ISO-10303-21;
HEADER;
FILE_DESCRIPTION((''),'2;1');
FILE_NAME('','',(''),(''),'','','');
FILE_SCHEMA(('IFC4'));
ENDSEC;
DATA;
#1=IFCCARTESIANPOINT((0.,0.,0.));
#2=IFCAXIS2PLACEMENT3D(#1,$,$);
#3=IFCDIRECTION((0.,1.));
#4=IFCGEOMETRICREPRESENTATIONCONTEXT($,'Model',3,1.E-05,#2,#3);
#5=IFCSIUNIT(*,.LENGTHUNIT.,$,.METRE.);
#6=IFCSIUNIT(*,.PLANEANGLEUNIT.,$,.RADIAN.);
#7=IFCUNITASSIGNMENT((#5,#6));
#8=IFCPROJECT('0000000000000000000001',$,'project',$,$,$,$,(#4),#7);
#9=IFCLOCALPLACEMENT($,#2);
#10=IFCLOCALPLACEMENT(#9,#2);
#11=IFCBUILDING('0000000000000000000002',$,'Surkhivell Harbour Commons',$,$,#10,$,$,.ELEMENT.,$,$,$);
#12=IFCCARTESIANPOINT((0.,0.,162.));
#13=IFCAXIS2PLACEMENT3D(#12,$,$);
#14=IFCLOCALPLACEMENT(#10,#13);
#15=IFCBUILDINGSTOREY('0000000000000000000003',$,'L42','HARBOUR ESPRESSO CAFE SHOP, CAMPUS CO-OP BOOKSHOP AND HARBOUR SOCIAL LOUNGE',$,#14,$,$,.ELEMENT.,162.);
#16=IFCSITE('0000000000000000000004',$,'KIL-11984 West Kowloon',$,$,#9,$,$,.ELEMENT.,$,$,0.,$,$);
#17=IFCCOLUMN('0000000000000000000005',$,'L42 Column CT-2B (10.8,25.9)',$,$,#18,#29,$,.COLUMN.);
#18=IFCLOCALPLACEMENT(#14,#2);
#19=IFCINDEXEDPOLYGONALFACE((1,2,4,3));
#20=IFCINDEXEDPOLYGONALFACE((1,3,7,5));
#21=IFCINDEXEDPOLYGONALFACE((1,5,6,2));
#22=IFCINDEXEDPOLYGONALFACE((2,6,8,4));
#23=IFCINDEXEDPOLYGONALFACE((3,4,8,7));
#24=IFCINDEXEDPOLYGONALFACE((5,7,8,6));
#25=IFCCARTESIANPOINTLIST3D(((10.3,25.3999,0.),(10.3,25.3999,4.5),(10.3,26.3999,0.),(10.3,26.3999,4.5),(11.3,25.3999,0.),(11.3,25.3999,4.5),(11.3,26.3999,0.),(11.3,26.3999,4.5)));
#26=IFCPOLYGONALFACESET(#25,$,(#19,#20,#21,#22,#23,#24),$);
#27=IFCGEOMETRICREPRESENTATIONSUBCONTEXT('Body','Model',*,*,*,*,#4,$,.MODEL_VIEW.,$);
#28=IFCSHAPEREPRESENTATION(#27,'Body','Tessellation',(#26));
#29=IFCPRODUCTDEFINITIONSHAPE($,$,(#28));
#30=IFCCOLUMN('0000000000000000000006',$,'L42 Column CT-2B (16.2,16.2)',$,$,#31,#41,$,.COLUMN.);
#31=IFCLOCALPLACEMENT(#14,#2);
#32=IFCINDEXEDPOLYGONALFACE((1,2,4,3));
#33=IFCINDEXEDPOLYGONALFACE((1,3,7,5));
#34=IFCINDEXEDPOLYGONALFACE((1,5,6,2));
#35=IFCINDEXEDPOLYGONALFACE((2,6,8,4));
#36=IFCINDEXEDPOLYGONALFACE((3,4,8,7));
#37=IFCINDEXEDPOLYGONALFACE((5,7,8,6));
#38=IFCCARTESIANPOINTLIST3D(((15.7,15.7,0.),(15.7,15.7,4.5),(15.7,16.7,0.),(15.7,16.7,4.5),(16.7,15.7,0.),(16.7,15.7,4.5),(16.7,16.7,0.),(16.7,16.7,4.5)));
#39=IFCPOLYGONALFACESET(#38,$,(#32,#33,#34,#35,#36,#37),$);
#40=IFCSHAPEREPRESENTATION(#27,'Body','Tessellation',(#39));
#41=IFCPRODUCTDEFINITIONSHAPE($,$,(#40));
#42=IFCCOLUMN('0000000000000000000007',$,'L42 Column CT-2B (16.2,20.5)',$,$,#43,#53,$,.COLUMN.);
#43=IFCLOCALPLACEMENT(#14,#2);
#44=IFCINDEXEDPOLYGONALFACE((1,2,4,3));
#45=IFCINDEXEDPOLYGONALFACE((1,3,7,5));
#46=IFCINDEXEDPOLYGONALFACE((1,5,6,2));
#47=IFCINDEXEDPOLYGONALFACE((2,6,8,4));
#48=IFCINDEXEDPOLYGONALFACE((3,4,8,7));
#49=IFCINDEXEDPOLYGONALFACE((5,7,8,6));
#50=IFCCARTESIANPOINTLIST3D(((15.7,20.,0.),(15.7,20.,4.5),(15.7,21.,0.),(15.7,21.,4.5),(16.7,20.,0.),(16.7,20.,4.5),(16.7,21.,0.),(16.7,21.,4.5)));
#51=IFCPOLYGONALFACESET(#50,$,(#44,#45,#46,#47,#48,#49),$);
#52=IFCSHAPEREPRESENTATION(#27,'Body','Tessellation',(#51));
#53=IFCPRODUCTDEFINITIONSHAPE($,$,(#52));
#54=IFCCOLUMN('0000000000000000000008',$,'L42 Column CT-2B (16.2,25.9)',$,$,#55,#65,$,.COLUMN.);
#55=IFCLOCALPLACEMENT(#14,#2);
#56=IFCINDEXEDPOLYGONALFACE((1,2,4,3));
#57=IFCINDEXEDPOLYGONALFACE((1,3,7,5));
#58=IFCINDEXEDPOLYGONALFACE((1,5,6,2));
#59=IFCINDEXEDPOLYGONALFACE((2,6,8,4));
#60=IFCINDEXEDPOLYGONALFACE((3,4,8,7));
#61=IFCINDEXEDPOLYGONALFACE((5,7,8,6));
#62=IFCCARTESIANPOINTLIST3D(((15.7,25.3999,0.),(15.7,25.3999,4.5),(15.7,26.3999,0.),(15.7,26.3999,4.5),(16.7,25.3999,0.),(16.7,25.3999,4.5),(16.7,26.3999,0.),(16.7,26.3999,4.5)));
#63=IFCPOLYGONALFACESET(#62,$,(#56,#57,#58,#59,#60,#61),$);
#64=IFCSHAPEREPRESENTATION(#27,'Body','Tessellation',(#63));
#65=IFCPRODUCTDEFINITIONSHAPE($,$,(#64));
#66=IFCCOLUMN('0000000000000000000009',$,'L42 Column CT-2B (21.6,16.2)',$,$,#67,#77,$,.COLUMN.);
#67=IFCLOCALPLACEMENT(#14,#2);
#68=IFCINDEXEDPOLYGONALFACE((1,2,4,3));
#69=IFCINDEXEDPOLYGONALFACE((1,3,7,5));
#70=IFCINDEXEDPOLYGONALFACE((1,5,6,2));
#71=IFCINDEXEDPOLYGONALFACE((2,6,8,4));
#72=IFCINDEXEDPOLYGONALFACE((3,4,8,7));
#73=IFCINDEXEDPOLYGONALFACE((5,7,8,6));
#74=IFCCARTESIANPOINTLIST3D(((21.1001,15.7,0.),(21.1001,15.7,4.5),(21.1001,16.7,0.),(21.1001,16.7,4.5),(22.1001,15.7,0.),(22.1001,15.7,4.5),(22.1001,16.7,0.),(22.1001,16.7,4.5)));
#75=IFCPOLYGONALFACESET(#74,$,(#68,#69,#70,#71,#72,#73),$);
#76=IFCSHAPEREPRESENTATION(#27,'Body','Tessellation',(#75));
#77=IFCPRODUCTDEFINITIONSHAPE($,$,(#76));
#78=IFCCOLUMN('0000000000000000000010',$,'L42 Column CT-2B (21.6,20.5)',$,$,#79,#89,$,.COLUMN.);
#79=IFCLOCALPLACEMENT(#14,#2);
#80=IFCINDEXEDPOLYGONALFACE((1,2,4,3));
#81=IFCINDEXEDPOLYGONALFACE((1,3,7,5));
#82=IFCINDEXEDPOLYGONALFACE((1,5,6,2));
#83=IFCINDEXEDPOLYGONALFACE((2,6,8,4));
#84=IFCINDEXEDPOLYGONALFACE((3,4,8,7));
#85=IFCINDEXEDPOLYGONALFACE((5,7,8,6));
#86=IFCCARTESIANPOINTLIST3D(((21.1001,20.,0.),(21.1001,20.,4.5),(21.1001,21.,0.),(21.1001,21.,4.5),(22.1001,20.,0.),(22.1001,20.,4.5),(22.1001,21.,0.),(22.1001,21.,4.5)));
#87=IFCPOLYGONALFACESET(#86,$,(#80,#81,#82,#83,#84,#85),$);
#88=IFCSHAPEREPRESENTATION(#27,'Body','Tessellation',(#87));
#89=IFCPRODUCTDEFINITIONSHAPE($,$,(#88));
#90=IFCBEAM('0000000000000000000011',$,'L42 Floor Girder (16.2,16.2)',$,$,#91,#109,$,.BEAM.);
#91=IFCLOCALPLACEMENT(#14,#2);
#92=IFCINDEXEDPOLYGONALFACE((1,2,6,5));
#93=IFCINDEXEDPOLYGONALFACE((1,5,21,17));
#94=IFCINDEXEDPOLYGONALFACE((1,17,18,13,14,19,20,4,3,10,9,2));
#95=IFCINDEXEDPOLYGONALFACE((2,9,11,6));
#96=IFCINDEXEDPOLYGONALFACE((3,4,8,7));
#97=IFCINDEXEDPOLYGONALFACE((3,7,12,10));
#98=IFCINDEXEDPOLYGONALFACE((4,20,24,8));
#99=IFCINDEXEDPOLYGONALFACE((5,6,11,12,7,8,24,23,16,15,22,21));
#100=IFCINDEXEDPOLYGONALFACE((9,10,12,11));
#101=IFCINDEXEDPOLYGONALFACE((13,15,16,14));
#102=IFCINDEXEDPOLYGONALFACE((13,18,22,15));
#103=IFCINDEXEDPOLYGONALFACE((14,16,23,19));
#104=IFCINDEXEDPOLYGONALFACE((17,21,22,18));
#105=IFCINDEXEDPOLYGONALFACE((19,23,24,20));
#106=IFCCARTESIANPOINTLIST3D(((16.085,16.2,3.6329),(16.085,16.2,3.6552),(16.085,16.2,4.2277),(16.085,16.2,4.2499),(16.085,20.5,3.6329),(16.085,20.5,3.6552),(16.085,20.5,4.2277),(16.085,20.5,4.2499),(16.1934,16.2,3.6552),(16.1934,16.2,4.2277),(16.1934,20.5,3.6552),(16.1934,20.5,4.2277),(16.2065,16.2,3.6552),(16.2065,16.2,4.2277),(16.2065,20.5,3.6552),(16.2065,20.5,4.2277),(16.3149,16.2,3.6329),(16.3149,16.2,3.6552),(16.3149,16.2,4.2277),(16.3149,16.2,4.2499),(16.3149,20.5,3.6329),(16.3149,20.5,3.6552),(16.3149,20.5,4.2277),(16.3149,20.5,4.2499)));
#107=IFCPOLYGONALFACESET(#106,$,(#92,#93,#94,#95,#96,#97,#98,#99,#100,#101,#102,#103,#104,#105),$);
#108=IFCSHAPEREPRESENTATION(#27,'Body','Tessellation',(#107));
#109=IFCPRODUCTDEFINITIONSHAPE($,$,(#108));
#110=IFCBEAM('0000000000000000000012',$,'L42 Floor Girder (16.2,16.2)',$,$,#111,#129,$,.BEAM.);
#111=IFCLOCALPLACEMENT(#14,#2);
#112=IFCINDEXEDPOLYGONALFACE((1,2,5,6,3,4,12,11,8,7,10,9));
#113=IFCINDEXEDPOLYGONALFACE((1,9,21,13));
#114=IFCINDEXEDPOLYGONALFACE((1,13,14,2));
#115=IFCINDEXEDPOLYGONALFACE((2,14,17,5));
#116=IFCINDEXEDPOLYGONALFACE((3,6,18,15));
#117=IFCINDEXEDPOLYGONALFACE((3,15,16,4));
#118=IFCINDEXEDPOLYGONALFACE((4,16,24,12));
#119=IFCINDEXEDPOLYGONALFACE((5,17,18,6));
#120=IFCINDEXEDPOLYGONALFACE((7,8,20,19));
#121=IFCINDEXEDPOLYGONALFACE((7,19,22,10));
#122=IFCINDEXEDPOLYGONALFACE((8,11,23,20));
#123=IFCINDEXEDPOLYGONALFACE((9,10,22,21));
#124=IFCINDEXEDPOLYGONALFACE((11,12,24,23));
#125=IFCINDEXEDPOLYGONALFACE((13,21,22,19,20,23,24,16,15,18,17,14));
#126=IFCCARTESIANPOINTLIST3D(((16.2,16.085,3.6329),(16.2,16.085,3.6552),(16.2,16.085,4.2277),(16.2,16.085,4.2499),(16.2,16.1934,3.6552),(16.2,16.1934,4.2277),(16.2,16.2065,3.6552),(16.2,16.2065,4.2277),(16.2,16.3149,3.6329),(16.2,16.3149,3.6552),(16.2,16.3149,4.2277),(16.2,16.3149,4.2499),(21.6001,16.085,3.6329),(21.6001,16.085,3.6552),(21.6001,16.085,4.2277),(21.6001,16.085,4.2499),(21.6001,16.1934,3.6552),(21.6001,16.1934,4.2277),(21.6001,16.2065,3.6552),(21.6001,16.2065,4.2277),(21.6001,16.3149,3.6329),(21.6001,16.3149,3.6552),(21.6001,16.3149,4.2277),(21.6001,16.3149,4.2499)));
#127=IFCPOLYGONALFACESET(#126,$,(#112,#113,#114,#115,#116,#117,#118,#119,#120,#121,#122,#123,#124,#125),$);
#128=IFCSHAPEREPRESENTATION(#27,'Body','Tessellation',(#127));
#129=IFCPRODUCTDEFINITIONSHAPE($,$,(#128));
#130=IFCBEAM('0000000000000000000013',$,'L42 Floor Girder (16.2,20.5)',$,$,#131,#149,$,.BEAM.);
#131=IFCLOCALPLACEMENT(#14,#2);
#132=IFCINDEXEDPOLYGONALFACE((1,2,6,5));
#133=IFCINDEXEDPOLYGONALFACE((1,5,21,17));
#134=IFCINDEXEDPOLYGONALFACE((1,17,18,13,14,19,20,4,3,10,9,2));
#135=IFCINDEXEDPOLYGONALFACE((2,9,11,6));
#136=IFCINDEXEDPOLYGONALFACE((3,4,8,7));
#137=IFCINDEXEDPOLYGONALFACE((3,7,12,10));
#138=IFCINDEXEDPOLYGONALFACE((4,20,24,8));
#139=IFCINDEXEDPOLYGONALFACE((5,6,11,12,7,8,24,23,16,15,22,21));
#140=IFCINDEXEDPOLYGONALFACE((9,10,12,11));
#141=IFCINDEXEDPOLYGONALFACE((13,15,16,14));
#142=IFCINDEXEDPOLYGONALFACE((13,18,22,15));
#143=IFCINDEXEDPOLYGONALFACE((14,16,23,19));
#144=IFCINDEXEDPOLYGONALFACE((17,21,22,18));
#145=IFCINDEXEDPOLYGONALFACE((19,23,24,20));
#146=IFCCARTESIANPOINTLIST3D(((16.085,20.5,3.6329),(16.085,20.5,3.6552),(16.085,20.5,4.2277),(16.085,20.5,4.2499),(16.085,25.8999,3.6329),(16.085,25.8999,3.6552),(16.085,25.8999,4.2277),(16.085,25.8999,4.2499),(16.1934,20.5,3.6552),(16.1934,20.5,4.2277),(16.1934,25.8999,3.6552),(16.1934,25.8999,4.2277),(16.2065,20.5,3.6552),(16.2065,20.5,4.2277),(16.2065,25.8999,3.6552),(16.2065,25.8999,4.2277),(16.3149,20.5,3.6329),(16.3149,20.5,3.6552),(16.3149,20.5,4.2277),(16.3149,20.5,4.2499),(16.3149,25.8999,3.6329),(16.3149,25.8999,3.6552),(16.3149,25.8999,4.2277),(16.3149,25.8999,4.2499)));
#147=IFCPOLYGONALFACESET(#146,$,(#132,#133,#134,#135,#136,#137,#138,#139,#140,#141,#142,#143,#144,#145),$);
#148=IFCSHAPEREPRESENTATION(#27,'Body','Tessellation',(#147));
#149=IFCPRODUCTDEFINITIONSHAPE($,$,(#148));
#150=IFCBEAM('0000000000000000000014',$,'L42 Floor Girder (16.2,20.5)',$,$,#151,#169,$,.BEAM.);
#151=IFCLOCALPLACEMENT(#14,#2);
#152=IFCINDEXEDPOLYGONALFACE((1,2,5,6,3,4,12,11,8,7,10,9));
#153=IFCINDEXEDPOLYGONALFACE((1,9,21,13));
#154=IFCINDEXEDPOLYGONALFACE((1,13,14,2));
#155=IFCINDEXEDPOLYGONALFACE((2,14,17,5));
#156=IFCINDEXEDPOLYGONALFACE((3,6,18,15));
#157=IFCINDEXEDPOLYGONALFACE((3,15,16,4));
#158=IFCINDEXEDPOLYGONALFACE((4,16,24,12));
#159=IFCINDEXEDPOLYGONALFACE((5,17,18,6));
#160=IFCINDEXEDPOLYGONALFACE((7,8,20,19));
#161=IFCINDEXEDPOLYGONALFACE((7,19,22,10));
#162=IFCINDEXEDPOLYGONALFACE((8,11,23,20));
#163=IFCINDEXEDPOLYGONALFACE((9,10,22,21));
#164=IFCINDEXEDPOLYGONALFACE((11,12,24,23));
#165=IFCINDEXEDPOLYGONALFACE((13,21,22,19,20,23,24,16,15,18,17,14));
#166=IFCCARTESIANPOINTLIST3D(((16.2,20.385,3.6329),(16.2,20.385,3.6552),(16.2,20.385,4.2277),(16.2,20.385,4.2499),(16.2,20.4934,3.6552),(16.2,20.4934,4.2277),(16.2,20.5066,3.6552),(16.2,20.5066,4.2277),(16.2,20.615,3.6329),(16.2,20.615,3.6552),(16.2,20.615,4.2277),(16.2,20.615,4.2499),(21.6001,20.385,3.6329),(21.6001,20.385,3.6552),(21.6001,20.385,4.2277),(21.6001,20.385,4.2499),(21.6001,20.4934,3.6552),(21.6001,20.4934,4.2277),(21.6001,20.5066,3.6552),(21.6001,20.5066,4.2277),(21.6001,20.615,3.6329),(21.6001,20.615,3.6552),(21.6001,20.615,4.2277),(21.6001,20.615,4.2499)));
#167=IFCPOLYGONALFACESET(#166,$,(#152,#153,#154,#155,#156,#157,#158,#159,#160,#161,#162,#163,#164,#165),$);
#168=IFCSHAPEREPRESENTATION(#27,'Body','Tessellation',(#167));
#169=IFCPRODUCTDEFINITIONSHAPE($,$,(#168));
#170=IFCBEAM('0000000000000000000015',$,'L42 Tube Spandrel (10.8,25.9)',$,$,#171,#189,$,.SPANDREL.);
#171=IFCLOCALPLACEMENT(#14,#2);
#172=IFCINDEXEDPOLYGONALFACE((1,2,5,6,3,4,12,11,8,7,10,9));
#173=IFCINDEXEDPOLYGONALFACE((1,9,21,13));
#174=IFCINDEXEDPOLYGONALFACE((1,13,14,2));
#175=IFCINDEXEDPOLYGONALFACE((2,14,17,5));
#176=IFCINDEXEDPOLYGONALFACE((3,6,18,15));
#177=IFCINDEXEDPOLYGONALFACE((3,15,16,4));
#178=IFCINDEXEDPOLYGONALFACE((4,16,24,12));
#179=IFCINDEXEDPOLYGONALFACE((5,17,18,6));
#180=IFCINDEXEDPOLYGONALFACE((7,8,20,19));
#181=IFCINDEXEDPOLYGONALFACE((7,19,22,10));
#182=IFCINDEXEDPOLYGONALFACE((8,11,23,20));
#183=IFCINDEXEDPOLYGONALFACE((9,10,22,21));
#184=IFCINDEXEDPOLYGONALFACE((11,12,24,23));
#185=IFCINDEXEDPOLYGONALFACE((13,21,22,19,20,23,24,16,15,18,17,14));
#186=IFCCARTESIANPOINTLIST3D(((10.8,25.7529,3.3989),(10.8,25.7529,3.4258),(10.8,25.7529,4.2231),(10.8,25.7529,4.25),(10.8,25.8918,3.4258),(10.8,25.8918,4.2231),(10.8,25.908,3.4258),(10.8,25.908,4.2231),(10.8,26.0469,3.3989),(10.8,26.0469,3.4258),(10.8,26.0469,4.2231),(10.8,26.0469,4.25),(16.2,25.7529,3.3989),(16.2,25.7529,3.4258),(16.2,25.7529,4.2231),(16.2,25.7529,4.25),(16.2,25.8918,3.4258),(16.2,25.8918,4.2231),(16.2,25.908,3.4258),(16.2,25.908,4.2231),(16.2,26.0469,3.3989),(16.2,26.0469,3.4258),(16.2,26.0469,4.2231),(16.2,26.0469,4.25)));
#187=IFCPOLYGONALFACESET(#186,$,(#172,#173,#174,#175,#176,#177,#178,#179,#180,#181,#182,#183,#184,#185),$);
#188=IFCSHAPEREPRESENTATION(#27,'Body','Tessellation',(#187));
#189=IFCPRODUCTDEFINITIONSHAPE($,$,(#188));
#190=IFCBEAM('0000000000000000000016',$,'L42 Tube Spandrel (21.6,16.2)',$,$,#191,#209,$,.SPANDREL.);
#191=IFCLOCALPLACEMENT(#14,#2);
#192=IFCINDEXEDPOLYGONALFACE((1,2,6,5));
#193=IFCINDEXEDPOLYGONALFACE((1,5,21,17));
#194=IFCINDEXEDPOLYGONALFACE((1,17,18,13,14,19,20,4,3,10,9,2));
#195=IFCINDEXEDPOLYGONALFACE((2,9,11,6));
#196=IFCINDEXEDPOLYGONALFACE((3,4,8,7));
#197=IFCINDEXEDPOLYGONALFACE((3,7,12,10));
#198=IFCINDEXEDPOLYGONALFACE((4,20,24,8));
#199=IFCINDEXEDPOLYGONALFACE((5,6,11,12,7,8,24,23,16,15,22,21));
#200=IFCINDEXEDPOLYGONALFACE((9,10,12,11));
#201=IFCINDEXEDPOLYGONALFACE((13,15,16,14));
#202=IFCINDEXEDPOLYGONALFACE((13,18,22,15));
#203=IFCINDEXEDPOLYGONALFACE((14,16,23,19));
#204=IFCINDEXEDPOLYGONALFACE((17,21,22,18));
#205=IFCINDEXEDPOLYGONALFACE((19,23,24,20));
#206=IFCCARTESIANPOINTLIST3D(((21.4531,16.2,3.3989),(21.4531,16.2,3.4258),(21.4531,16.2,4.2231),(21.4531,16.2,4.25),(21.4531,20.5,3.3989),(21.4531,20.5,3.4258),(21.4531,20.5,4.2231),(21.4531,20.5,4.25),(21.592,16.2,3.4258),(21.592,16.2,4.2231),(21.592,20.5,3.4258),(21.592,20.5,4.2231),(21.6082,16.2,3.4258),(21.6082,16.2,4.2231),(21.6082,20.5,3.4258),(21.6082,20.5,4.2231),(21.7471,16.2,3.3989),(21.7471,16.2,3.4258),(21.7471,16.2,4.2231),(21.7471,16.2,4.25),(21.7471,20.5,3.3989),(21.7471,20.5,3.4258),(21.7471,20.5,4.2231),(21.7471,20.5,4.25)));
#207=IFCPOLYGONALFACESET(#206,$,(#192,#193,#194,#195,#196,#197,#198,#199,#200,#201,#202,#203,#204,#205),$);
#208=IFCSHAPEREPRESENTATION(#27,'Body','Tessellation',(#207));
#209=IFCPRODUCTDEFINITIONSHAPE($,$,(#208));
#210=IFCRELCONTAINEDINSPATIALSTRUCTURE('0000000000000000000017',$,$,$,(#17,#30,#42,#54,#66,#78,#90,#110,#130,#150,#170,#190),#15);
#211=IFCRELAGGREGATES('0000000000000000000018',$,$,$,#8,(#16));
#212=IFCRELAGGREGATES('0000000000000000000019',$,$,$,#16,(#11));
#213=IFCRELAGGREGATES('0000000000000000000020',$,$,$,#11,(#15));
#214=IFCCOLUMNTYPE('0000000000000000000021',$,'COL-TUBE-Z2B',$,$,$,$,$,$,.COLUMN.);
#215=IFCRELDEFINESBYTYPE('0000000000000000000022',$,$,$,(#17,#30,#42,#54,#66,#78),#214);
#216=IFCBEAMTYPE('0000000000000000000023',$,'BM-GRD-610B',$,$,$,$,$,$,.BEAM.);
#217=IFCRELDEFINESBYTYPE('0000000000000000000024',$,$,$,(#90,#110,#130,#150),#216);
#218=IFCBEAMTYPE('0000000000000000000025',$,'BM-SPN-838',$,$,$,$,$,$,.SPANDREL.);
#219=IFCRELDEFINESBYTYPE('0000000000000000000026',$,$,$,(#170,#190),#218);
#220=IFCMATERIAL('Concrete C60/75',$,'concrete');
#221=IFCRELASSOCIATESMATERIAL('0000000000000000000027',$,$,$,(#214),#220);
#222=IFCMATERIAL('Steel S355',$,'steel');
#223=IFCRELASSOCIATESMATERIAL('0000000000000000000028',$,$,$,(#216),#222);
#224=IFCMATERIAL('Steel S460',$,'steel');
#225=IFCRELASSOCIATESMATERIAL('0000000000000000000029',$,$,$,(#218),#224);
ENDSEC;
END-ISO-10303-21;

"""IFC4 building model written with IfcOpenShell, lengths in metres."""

from ifc_helpers import new_model, si_unit, direction, frame, origin, origin_2d, place, context, subcontext, project, spatial, rectangle, i_section, extrude, material, material_profile, profile_set, type_object, element, save


model = new_model("IFC4")

# Units and contexts
model_context = context("Model", 3, precision=1e-05, world=origin(), true_north=direction((0.0, 1.0)))
body_context = subcontext(model_context, "Body", "Model", "MODEL_VIEW")
ifc_project = project(units=[si_unit("LENGTHUNIT", "METRE"), si_unit("PLANEANGLEUNIT", "RADIAN")], contexts=[model_context])

# Site, building, storey
site_placement = place(None, origin())
site = spatial("IfcSite", under=ifc_project, at=site_placement, Name="KIL-11984 West Kowloon", CompositionType="ELEMENT", RefElevation=0.0)
building_placement = place(site_placement, origin())
building = spatial("IfcBuilding", under=site, at=building_placement, Name="Surkhivell Harbour Commons", CompositionType="ELEMENT")
storey_placement = place(building_placement, frame((0.0, 0.0, 162.0)))
storey = spatial("IfcBuildingStorey", under=building, at=storey_placement, Name="L42", Description="HARBOUR ESPRESSO CAFE SHOP, CAMPUS CO-OP BOOKSHOP AND HARBOUR SOCIAL LOUNGE", CompositionType="ELEMENT", Elevation=162.0)

# Columns
ifc_material_1 = material(Name="Concrete C60/75", Category="concrete")
ifc_material_profile_1 = material_profile(ifc_material_1, rectangle(XDim=1.0, YDim=1.0, at=origin_2d()), Name="RC-COL-1000x1000")
ifc_profile_set_1 = profile_set([ifc_material_profile_1], Name="Concrete C60/75")
column_type = type_object("IfcColumnType", Name="COL-TUBE-Z2B", PredefinedType="COLUMN", material=ifc_profile_set_1)
for number, where, z_axis, x_axis, name in (
    (1, (10.8, 25.8999, 0.0), (0.0, 0.0, 1.0), (1.0, 0.0, 0.0), "L42 Column CT-2B (10.8,25.9)"),
    (2, (16.2, 16.2, 0.0), (0.0, 0.0, 1.0), (1.0, 0.0, 0.0), "L42 Column CT-2B (16.2,16.2)"),
    (3, (16.2, 20.5, 0.0), (0.0, 0.0, 1.0), (1.0, 0.0, 0.0), "L42 Column CT-2B (16.2,20.5)"),
    (4, (16.2, 25.8999, 0.0), (0.0, 0.0, 1.0), (1.0, 0.0, 0.0), "L42 Column CT-2B (16.2,25.9)"),
    (5, (21.6001, 16.2, 0.0), (0.0, 0.0, 1.0), (1.0, 0.0, 0.0), "L42 Column CT-2B (21.6,16.2)"),
    (6, (21.6001, 20.5, 0.0), (0.0, 0.0, 1.0), (1.0, 0.0, 0.0), "L42 Column CT-2B (21.6,20.5)"),
):
    element("IfcColumn", number, at=place(storey_placement, frame(where, z_axis=z_axis, x_axis=x_axis)), inside=storey, type_object=column_type, Name=name, PredefinedType="COLUMN", context=body_context, shape_type="SweptSolid", body=[
        extrude(rectangle(XDim=1.0, YDim=1.0, at=origin_2d()), origin(), (0.0, 0.0, 1.0), 4.5),
    ])

# Beams
ifc_material_2 = material(Name="Steel S355", Category="steel")
ifc_material_profile_2 = material_profile(ifc_material_2, i_section(OverallWidth=0.23, OverallDepth=0.6169, WebThickness=0.0132, FlangeThickness=0.0222, at=origin_2d()), Name="UB610x229x140")
ifc_profile_set_2 = profile_set([ifc_material_profile_2], Name="Steel S355")
beam_type_1 = type_object("IfcBeamType", Name="BM-GRD-610B", PredefinedType="BEAM", material=ifc_profile_set_2)
beam_1_placement = place(storey_placement, frame((16.2, 16.2, 3.9414), z_axis=(0.0, 1.0, 0.0), x_axis=(-1.0, 0.0, 0.0)))
element("IfcBeam", 7, at=beam_1_placement, inside=storey, type_object=beam_type_1, Name="L42 Floor Girder (16.2,16.2)", PredefinedType="BEAM", context=body_context, shape_type="SweptSolid", body=[
    extrude(i_section(OverallWidth=0.23, OverallDepth=0.6169, WebThickness=0.0132, FlangeThickness=0.0222, at=origin_2d()), origin(), (0.0, 0.0, 1.0), 4.3),
])
beam_2_placement = place(storey_placement, frame((16.2, 16.2, 3.9414), z_axis=(1.0, 0.0, 0.0), x_axis=(0.0, 1.0, 0.0)))
element("IfcBeam", 8, at=beam_2_placement, inside=storey, type_object=beam_type_1, Name="L42 Floor Girder (16.2,16.2)", PredefinedType="BEAM", context=body_context, shape_type="SweptSolid", body=[
    extrude(i_section(OverallWidth=0.23, OverallDepth=0.6169, WebThickness=0.0132, FlangeThickness=0.0222, at=origin_2d()), origin(), (0.0, 0.0, 1.0), 5.4001),
])
beam_3_placement = place(storey_placement, frame((16.2, 20.5, 3.9414), z_axis=(0.0, 1.0, 0.0), x_axis=(-1.0, 0.0, 0.0)))
element("IfcBeam", 9, at=beam_3_placement, inside=storey, type_object=beam_type_1, Name="L42 Floor Girder (16.2,20.5)", PredefinedType="BEAM", context=body_context, shape_type="SweptSolid", body=[
    extrude(i_section(OverallWidth=0.23, OverallDepth=0.6169, WebThickness=0.0132, FlangeThickness=0.0222, at=origin_2d()), origin(), (0.0, 0.0, 1.0), 5.3999),
])
beam_4_placement = place(storey_placement, frame((16.2, 20.5, 3.9414), z_axis=(1.0, 0.0, 0.0), x_axis=(0.0, 1.0, 0.0)))
element("IfcBeam", 10, at=beam_4_placement, inside=storey, type_object=beam_type_1, Name="L42 Floor Girder (16.2,20.5)", PredefinedType="BEAM", context=body_context, shape_type="SweptSolid", body=[
    extrude(i_section(OverallWidth=0.23, OverallDepth=0.6169, WebThickness=0.0132, FlangeThickness=0.0222, at=origin_2d()), origin(), (0.0, 0.0, 1.0), 5.4001),
])
ifc_material_3 = material(Name="Steel S460", Category="steel")
ifc_material_profile_3 = material_profile(ifc_material_3, i_section(OverallWidth=0.2939, OverallDepth=0.8511, WebThickness=0.0161, FlangeThickness=0.0269, at=origin_2d()), Name="UB838x292x226")
ifc_profile_set_3 = profile_set([ifc_material_profile_3], Name="Steel S460")
beam_type_2 = type_object("IfcBeamType", Name="BM-SPN-838", PredefinedType="SPANDREL", material=ifc_profile_set_3)
beam_5_placement = place(storey_placement, frame((10.8, 25.8999, 3.8245), z_axis=(1.0, 0.0, 0.0), x_axis=(0.0, 1.0, 0.0)))
element("IfcBeam", 11, at=beam_5_placement, inside=storey, type_object=beam_type_2, Name="L42 Tube Spandrel (10.8,25.9)", PredefinedType="SPANDREL", context=body_context, shape_type="SweptSolid", body=[
    extrude(i_section(OverallWidth=0.2939, OverallDepth=0.8511, WebThickness=0.0161, FlangeThickness=0.0269, at=origin_2d()), origin(), (0.0, 0.0, 1.0), 5.3999),
])
beam_6_placement = place(storey_placement, frame((21.6001, 16.2, 3.8245), z_axis=(0.0, 1.0, 0.0), x_axis=(-1.0, 0.0, 0.0)))
element("IfcBeam", 12, at=beam_6_placement, inside=storey, type_object=beam_type_2, Name="L42 Tube Spandrel (21.6,16.2)", PredefinedType="SPANDREL", context=body_context, shape_type="SweptSolid", body=[
    extrude(i_section(OverallWidth=0.2939, OverallDepth=0.8511, WebThickness=0.0161, FlangeThickness=0.0269, at=origin_2d()), origin(), (0.0, 0.0, 1.0), 4.3),
])

save(model, "model.ifc")
